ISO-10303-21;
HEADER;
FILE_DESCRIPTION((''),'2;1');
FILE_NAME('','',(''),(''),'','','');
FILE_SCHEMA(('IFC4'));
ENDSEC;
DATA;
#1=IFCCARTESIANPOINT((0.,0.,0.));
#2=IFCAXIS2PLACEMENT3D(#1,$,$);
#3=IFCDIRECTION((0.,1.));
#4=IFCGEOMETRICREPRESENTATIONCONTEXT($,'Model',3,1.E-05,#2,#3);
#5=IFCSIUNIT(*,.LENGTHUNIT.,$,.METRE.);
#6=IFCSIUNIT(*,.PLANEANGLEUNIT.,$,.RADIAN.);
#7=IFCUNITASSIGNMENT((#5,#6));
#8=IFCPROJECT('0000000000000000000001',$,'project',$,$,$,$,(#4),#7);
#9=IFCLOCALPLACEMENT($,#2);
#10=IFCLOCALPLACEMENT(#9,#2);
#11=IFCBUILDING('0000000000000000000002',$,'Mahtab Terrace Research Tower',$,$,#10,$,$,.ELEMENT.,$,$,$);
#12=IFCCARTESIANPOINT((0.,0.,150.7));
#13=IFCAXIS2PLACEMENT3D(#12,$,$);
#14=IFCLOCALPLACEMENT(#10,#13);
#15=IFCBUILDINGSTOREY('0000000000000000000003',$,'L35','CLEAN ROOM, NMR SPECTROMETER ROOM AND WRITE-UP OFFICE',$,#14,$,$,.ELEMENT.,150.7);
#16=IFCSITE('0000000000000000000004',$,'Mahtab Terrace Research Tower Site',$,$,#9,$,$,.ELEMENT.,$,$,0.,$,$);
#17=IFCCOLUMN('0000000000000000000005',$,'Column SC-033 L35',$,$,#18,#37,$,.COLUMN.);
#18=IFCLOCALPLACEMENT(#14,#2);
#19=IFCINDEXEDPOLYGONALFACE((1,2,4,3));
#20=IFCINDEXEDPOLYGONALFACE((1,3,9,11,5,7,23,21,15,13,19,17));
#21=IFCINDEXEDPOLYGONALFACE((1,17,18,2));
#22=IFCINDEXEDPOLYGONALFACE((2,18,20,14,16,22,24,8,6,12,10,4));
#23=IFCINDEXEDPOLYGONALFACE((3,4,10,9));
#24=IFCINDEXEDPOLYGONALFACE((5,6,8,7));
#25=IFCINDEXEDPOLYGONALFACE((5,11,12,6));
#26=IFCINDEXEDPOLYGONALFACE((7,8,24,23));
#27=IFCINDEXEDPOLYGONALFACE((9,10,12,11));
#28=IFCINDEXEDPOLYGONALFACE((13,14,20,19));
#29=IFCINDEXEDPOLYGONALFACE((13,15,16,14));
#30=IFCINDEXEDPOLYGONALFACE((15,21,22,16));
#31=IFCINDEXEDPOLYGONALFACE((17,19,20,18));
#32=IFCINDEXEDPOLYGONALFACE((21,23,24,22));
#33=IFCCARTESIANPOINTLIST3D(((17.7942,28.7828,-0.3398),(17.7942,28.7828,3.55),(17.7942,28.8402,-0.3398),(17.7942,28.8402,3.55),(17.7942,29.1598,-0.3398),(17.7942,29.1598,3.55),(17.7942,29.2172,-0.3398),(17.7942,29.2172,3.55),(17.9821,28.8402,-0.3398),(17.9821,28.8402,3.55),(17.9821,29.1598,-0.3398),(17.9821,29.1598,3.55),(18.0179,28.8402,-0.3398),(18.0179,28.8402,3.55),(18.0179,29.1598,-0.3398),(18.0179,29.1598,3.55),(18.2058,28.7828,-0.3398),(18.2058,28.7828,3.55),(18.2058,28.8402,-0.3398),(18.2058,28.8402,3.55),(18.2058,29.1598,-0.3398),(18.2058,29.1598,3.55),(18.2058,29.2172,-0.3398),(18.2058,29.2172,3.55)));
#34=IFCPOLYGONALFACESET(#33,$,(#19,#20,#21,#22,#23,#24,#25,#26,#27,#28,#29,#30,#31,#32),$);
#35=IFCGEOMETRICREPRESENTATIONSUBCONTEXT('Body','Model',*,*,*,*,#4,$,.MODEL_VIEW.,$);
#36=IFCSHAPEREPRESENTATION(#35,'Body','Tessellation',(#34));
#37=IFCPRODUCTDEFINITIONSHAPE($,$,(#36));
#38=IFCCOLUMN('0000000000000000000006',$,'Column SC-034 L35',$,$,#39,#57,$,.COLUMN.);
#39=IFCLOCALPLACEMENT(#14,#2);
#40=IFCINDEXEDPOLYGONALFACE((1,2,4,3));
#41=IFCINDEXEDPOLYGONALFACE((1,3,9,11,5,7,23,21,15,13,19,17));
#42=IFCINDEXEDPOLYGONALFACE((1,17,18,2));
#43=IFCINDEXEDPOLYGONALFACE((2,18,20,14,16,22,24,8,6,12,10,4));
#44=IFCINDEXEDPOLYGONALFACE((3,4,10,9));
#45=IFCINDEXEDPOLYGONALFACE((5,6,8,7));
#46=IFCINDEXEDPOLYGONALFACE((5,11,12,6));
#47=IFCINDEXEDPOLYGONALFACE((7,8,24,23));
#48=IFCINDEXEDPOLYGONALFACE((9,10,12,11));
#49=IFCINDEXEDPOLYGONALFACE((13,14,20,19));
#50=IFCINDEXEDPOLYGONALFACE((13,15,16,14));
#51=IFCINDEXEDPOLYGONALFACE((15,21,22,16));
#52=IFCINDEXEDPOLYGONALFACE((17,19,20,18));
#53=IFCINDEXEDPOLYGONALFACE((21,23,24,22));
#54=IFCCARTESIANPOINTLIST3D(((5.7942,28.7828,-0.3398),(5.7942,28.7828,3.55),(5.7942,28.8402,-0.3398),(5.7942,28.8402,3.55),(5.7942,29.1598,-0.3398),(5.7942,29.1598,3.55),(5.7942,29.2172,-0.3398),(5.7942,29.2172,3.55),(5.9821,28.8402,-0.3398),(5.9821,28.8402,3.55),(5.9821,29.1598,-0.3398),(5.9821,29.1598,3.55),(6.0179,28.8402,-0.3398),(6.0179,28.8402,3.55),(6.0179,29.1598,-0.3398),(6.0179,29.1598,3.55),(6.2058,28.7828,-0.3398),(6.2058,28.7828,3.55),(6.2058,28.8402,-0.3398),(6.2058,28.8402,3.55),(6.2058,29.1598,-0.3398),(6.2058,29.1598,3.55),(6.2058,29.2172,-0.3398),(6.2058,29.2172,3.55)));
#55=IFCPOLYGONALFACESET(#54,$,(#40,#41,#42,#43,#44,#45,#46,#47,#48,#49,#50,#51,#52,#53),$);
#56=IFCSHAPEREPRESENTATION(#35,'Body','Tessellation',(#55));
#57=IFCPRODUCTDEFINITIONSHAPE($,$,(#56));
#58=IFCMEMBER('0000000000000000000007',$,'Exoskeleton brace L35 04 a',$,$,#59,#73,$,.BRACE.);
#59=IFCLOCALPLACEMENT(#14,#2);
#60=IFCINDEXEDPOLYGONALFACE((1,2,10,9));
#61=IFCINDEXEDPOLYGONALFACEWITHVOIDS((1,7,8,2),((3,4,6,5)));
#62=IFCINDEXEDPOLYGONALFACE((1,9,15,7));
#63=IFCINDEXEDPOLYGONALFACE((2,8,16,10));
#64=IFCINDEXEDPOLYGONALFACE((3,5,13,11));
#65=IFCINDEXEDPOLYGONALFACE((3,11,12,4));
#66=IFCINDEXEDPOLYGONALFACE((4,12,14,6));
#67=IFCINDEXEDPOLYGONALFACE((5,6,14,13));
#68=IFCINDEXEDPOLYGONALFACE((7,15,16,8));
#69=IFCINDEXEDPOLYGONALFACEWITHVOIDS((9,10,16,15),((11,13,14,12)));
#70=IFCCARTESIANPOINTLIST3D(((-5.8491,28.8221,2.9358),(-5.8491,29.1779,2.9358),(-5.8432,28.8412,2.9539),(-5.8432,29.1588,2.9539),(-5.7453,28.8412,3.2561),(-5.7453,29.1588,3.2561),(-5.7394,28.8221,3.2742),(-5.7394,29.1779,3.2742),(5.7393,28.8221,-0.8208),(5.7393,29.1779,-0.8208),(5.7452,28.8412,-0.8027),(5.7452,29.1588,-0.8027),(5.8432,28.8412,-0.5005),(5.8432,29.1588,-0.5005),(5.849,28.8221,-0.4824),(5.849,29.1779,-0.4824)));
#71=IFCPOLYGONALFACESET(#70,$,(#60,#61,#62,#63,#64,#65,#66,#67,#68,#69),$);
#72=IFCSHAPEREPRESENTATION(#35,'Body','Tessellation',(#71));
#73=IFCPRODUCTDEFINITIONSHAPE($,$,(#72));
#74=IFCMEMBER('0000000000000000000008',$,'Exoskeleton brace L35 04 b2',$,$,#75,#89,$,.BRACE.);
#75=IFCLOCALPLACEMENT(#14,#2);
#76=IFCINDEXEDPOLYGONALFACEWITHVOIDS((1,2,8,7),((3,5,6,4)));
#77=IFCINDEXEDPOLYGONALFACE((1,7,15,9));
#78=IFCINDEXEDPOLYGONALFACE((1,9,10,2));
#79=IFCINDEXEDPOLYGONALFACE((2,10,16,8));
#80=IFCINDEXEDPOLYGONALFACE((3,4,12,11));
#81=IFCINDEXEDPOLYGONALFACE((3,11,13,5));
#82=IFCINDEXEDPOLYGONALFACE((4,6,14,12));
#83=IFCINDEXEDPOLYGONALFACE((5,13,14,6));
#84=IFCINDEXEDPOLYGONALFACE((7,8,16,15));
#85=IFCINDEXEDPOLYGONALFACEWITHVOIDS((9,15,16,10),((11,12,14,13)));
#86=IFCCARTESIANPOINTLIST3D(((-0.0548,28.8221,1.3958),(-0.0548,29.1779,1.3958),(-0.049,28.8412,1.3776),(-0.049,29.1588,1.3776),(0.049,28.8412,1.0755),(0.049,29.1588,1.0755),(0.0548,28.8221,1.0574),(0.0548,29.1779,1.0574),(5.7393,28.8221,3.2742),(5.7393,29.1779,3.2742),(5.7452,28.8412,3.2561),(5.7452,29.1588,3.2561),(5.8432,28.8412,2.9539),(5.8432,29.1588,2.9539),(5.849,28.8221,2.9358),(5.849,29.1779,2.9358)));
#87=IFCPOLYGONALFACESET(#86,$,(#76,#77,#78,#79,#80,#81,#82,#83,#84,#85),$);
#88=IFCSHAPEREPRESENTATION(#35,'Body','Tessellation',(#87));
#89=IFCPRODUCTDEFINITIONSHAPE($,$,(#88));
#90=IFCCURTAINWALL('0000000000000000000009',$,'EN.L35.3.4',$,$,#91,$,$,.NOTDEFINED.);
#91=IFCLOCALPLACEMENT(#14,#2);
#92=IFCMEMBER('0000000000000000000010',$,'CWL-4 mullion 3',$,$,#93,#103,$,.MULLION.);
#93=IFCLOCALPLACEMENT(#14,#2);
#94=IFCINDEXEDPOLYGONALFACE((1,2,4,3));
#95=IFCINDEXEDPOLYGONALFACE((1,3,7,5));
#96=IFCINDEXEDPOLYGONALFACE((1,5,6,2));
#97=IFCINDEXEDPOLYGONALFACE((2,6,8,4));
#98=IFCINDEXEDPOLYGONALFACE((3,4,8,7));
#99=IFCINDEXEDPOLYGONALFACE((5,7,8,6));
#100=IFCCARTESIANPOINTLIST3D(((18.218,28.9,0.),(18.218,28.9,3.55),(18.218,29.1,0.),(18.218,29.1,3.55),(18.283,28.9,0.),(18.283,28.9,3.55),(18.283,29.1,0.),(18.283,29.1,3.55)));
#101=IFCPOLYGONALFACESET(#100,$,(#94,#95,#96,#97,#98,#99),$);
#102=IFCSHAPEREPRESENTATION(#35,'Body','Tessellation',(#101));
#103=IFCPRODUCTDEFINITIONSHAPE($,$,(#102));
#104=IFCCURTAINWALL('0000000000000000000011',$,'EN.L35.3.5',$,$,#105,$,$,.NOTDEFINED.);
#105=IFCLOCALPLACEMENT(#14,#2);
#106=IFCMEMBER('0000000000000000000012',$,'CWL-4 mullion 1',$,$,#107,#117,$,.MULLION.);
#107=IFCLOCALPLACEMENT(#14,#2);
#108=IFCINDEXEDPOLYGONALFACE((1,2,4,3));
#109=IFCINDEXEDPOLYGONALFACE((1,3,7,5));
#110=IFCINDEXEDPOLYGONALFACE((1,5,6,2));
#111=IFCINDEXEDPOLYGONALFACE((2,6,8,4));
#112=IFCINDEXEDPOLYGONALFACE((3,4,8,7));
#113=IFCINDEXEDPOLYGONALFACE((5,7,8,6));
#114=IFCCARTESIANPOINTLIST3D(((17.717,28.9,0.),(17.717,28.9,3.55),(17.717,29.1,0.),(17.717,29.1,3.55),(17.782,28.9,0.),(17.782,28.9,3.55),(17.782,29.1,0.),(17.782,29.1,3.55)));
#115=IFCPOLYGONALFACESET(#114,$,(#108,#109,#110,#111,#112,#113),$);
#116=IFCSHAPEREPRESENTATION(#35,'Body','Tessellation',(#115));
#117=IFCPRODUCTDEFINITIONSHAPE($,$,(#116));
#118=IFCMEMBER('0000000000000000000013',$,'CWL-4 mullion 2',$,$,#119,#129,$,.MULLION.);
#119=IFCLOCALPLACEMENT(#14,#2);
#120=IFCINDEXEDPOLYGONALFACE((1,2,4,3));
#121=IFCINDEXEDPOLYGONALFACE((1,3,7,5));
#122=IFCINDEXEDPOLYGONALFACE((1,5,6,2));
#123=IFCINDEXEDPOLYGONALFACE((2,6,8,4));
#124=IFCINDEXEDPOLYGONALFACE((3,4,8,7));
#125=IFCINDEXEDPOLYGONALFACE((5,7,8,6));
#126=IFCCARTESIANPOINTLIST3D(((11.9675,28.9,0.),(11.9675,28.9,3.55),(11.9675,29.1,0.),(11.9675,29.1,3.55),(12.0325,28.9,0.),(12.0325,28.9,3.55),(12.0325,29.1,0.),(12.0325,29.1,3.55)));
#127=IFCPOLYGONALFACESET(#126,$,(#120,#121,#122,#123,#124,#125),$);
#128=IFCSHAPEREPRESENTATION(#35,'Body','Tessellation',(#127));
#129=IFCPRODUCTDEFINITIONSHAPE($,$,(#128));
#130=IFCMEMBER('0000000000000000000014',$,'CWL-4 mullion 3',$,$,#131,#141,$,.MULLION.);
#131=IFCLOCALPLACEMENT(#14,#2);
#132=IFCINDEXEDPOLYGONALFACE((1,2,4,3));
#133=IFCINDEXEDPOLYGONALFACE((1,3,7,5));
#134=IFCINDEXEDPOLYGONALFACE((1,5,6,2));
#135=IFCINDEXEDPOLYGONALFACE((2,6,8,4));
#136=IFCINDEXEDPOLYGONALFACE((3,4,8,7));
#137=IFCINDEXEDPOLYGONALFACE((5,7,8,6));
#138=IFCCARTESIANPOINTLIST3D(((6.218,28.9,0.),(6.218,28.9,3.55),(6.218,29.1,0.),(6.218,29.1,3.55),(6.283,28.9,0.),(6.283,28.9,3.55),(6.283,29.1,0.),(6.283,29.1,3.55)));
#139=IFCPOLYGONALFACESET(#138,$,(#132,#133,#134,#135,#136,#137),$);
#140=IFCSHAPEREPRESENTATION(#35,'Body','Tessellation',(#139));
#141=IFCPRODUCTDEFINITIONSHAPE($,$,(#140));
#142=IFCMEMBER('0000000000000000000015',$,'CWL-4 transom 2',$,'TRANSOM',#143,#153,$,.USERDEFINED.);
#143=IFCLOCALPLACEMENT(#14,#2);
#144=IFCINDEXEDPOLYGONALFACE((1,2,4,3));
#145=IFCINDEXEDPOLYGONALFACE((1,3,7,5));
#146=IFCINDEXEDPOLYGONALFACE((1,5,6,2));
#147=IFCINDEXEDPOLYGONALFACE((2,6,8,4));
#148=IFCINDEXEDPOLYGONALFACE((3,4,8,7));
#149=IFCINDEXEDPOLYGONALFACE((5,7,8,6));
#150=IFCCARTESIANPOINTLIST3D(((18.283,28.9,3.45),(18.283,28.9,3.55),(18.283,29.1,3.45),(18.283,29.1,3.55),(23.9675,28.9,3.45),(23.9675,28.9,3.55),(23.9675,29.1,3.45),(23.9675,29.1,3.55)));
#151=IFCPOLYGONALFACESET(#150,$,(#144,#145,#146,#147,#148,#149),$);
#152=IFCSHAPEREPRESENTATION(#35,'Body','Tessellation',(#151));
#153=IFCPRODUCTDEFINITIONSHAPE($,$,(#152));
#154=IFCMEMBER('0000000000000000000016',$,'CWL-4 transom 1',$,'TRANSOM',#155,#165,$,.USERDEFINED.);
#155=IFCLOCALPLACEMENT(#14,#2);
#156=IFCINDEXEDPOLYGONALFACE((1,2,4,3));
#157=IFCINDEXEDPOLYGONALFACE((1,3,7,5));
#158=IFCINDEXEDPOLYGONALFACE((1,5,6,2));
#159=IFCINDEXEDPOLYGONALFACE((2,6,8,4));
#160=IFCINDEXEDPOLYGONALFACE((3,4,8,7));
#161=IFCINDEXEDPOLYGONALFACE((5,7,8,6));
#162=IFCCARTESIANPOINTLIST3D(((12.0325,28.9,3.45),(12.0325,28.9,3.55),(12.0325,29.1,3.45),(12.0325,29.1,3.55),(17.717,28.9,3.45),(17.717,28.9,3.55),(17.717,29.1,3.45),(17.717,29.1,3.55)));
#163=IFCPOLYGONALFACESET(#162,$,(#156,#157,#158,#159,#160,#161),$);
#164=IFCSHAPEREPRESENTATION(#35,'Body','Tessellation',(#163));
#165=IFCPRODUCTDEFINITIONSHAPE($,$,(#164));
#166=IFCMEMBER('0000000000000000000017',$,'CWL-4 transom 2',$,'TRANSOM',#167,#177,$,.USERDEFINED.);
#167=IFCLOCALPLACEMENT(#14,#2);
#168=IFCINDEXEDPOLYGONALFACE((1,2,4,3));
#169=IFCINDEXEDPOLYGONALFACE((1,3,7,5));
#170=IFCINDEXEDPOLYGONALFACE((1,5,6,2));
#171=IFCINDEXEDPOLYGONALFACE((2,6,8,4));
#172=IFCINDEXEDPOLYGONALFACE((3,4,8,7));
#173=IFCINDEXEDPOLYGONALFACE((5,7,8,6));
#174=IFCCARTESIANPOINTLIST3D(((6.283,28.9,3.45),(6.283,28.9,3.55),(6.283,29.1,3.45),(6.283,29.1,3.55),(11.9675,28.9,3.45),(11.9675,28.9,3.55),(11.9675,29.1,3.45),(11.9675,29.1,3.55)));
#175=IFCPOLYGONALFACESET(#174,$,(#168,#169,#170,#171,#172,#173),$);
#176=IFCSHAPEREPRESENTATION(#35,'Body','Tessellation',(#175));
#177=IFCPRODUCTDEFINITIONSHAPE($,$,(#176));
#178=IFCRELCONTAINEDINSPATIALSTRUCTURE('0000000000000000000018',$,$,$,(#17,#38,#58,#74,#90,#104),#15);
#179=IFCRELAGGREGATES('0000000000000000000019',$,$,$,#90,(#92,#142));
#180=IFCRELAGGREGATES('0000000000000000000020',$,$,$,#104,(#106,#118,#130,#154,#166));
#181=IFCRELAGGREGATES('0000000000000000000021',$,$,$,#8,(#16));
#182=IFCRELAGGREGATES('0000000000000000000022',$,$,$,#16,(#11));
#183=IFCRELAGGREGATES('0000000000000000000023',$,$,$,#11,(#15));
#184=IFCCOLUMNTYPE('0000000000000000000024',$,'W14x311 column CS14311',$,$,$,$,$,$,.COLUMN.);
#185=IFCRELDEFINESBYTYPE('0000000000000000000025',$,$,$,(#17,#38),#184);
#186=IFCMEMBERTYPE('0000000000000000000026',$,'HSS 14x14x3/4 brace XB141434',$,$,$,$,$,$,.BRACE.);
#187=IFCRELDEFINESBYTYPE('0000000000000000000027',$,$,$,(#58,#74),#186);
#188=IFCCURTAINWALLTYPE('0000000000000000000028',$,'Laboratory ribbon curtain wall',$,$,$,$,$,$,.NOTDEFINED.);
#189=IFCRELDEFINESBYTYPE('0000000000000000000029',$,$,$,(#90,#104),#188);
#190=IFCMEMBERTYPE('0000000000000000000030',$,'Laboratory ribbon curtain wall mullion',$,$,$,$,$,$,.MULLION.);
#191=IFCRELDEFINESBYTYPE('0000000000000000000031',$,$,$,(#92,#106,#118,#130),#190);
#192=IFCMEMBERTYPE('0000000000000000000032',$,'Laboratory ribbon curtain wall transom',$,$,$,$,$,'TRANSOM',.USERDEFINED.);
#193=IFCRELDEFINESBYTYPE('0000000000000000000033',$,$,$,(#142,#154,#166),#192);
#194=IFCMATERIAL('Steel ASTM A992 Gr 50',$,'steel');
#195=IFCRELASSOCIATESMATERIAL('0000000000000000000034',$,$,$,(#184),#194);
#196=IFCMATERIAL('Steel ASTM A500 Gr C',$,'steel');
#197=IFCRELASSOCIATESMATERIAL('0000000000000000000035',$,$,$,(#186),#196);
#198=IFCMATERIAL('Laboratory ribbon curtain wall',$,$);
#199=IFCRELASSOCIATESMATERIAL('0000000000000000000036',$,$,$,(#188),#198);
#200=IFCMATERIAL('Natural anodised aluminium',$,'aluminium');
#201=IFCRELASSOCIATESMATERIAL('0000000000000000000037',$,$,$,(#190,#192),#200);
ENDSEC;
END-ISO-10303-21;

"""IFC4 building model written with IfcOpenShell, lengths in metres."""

from ifc_helpers import new_model, si_unit, direction, frame, origin, origin_2d, place, context, subcontext, project, spatial, rectangle, hollow_rectangle, i_section, extrude, material, material_profile, profile_set, type_object, element, aggregate, save


model = new_model("IFC4")

# Units and contexts
model_context = context("Model", 3, precision=1e-05, world=origin(), true_north=direction((0.0, 1.0)))
body_context = subcontext(model_context, "Body", "Model", "MODEL_VIEW")
ifc_project = project(units=[si_unit("LENGTHUNIT", "METRE"), si_unit("PLANEANGLEUNIT", "RADIAN")], contexts=[model_context])

# Site, building, storey
site_placement = place(None, origin())
site = spatial("IfcSite", under=ifc_project, at=site_placement, Name="Mahtab Terrace Research Tower Site", CompositionType="ELEMENT", RefElevation=0.0)
building_placement = place(site_placement, origin())
building = spatial("IfcBuilding", under=site, at=building_placement, Name="Mahtab Terrace Research Tower", CompositionType="ELEMENT")
storey_placement = place(building_placement, frame((0.0, 0.0, 150.7)))
storey = spatial("IfcBuildingStorey", under=building, at=storey_placement, Name="L35", Description="CLEAN ROOM, NMR SPECTROMETER ROOM AND WRITE-UP OFFICE", CompositionType="ELEMENT", Elevation=150.7)

# Columns
ifc_material_1 = material(Name="Steel ASTM A992 Gr 50", Category="steel")
ifc_material_profile_1 = material_profile(ifc_material_1, i_section(OverallWidth=0.4116, OverallDepth=0.4343, WebThickness=0.0359, FlangeThickness=0.0574, at=origin_2d()), Name="W14X311")
ifc_profile_set_1 = profile_set([ifc_material_profile_1], Name="Steel ASTM A992 Gr 50")
column_type = type_object("IfcColumnType", Name="W14x311 column CS14311", PredefinedType="COLUMN", material=ifc_profile_set_1)
for number, where, z_axis, x_axis, name in (
    (1, (18.0, 29.0, -0.3398), (0.0, 0.0, 1.0), (1.0, 0.0, 0.0), "Column SC-033 L35"),
    (2, (6.0, 29.0, -0.3398), (0.0, 0.0, 1.0), (1.0, 0.0, 0.0), "Column SC-034 L35"),
):
    element("IfcColumn", number, at=place(storey_placement, frame(where, z_axis=z_axis, x_axis=x_axis)), inside=storey, type_object=column_type, Name=name, PredefinedType="COLUMN", context=body_context, shape_type="SweptSolid", body=[
        extrude(i_section(OverallWidth=0.4116, OverallDepth=0.4343, WebThickness=0.0359, FlangeThickness=0.0574, at=origin_2d()), origin(), (0.0, 0.0, 1.0), 3.8899),
    ])

# Members
ifc_material_2 = material(Name="Steel ASTM A500 Gr C", Category="steel")
ifc_material_profile_2 = material_profile(ifc_material_2, hollow_rectangle(XDim=0.3557, YDim=0.3557, WallThickness=0.019, at=origin_2d()), Name="HSS14X14X3/4")
ifc_profile_set_2 = profile_set([ifc_material_profile_2], Name="Steel ASTM A500 Gr C")
member_type_1 = type_object("IfcMemberType", Name="HSS 14x14x3/4 brace XB141434", PredefinedType="BRACE", material=ifc_profile_set_2)
member_1_placement = place(storey_placement, frame((5.7942, 29.0, -0.6516), z_axis=(-0.951266, 0.0, 0.308371), x_axis=(0.0, -1.0, 0.0)))
element("IfcMember", 3, at=member_1_placement, inside=storey, type_object=member_type_1, Name="Exoskeleton brace L35 04 a", PredefinedType="BRACE", context=body_context, shape_type="SweptSolid", body=[
    extrude(hollow_rectangle(XDim=0.3557, YDim=0.3557, WallThickness=0.019, at=origin_2d()), origin(), (0.0, 0.0, 1.0), 12.1821),
])
member_2_placement = place(storey_placement, frame((0.0, 29.0, 1.2266), z_axis=(0.95126, 0.0, 0.308389), x_axis=(0.0, 1.0, 0.0)))
element("IfcMember", 4, at=member_2_placement, inside=storey, type_object=member_type_1, Name="Exoskeleton brace L35 04 b2", PredefinedType="BRACE", context=body_context, shape_type="SweptSolid", body=[
    extrude(hollow_rectangle(XDim=0.3557, YDim=0.3557, WallThickness=0.019, at=origin_2d()), origin(), (0.0, 0.0, 1.0), 6.0911),
])

# Curtain wall, member
ifc_material_3 = material(Name="Laboratory ribbon curtain wall")
curtain_wall_type = type_object("IfcCurtainWallType", Name="Laboratory ribbon curtain wall", PredefinedType="NOTDEFINED", material=ifc_material_3)
curtain_wall_1_placement = place(storey_placement, origin())
curtain_wall_1 = element("IfcCurtainWall", 5, at=curtain_wall_1_placement, inside=storey, type_object=curtain_wall_type, Name="EN.L35.3.4", PredefinedType="NOTDEFINED")
ifc_material_4 = material(Name="Natural anodised aluminium", Category="aluminium")
ifc_material_profile_3 = material_profile(ifc_material_4, rectangle(XDim=0.2, YDim=0.0649, at=origin_2d()), Name="MULLION 65x200")
ifc_profile_set_3 = profile_set([ifc_material_profile_3], Name="Natural anodised aluminium")
member_type_2 = type_object("IfcMemberType", Name="Laboratory ribbon curtain wall mullion", PredefinedType="MULLION", material=ifc_profile_set_3)
member_3_placement = place(storey_placement, frame((18.2505, 29.0, 0.0), z_axis=(0.0, 0.0, 1.0), x_axis=(0.0, -1.0, 0.0)))
member_3 = element("IfcMember", 6, at=member_3_placement, type_object=member_type_2, Name="CWL-4 mullion 3", PredefinedType="MULLION", context=body_context, shape_type="SweptSolid", body=[
    extrude(rectangle(XDim=0.2, YDim=0.0649, at=origin_2d()), origin(), (0.0, 0.0, 1.0), 3.55),
])

# Curtain wall, members
curtain_wall_2_placement = place(storey_placement, origin())
curtain_wall_2 = element("IfcCurtainWall", 7, at=curtain_wall_2_placement, inside=storey, type_object=curtain_wall_type, Name="EN.L35.3.5", PredefinedType="NOTDEFINED")
member_4_placement = place(storey_placement, frame((17.7495, 29.0, 0.0), z_axis=(0.0, 0.0, 1.0), x_axis=(0.0, -1.0, 0.0)))
member_4 = element("IfcMember", 8, at=member_4_placement, type_object=member_type_2, Name="CWL-4 mullion 1", PredefinedType="MULLION", context=body_context, shape_type="SweptSolid", body=[
    extrude(rectangle(XDim=0.2, YDim=0.0649, at=origin_2d()), origin(), (0.0, 0.0, 1.0), 3.55),
])
member_5_placement = place(storey_placement, frame((12.0, 29.0, 0.0), z_axis=(0.0, 0.0, 1.0), x_axis=(0.0, -1.0, 0.0)))
member_5 = element("IfcMember", 9, at=member_5_placement, type_object=member_type_2, Name="CWL-4 mullion 2", PredefinedType="MULLION", context=body_context, shape_type="SweptSolid", body=[
    extrude(rectangle(XDim=0.2, YDim=0.0649, at=origin_2d()), origin(), (0.0, 0.0, 1.0), 3.55),
])
member_6_placement = place(storey_placement, frame((6.2505, 29.0, 0.0), z_axis=(0.0, 0.0, 1.0), x_axis=(0.0, -1.0, 0.0)))
member_6 = element("IfcMember", 10, at=member_6_placement, type_object=member_type_2, Name="CWL-4 mullion 3", PredefinedType="MULLION", context=body_context, shape_type="SweptSolid", body=[
    extrude(rectangle(XDim=0.2, YDim=0.0649, at=origin_2d()), origin(), (0.0, 0.0, 1.0), 3.55),
])

# Members
ifc_material_profile_4 = material_profile(ifc_material_4, rectangle(XDim=0.2, YDim=0.1001, at=origin_2d()), Name="TRANSOM 100x200")
ifc_profile_set_4 = profile_set([ifc_material_profile_4], Name="Natural anodised aluminium")
member_type_3 = type_object("IfcMemberType", Name="Laboratory ribbon curtain wall transom", ElementType="TRANSOM", PredefinedType="USERDEFINED", material=ifc_profile_set_4)
member_7_placement = place(storey_placement, frame((23.9675, 29.0, 3.5), z_axis=(-1.0, 0.0, 0.0), x_axis=(0.0, -1.0, 0.0)))
member_7 = element("IfcMember", 11, at=member_7_placement, type_object=member_type_3, Name="CWL-4 transom 2", ObjectType="TRANSOM", PredefinedType="USERDEFINED", context=body_context, shape_type="SweptSolid", body=[
    extrude(rectangle(XDim=0.2, YDim=0.1001, at=origin_2d()), origin(), (0.0, 0.0, 1.0), 5.6846),
])
member_8_placement = place(storey_placement, frame((17.717, 29.0, 3.5), z_axis=(-1.0, 0.0, 0.0), x_axis=(0.0, -1.0, 0.0)))
member_8 = element("IfcMember", 12, at=member_8_placement, type_object=member_type_3, Name="CWL-4 transom 1", ObjectType="TRANSOM", PredefinedType="USERDEFINED", context=body_context, shape_type="SweptSolid", body=[
    extrude(rectangle(XDim=0.2, YDim=0.1001, at=origin_2d()), origin(), (0.0, 0.0, 1.0), 5.6846),
])
member_9_placement = place(storey_placement, frame((11.9675, 29.0, 3.5), z_axis=(-1.0, 0.0, 0.0), x_axis=(0.0, -1.0, 0.0)))
member_9 = element("IfcMember", 13, at=member_9_placement, type_object=member_type_3, Name="CWL-4 transom 2", ObjectType="TRANSOM", PredefinedType="USERDEFINED", context=body_context, shape_type="SweptSolid", body=[
    extrude(rectangle(XDim=0.2, YDim=0.1001, at=origin_2d()), origin(), (0.0, 0.0, 1.0), 5.6846),
])

aggregate(curtain_wall_1, [member_3, member_7])
aggregate(curtain_wall_2, [member_4, member_5, member_6, member_8, member_9])

save(model, "model.ifc")
